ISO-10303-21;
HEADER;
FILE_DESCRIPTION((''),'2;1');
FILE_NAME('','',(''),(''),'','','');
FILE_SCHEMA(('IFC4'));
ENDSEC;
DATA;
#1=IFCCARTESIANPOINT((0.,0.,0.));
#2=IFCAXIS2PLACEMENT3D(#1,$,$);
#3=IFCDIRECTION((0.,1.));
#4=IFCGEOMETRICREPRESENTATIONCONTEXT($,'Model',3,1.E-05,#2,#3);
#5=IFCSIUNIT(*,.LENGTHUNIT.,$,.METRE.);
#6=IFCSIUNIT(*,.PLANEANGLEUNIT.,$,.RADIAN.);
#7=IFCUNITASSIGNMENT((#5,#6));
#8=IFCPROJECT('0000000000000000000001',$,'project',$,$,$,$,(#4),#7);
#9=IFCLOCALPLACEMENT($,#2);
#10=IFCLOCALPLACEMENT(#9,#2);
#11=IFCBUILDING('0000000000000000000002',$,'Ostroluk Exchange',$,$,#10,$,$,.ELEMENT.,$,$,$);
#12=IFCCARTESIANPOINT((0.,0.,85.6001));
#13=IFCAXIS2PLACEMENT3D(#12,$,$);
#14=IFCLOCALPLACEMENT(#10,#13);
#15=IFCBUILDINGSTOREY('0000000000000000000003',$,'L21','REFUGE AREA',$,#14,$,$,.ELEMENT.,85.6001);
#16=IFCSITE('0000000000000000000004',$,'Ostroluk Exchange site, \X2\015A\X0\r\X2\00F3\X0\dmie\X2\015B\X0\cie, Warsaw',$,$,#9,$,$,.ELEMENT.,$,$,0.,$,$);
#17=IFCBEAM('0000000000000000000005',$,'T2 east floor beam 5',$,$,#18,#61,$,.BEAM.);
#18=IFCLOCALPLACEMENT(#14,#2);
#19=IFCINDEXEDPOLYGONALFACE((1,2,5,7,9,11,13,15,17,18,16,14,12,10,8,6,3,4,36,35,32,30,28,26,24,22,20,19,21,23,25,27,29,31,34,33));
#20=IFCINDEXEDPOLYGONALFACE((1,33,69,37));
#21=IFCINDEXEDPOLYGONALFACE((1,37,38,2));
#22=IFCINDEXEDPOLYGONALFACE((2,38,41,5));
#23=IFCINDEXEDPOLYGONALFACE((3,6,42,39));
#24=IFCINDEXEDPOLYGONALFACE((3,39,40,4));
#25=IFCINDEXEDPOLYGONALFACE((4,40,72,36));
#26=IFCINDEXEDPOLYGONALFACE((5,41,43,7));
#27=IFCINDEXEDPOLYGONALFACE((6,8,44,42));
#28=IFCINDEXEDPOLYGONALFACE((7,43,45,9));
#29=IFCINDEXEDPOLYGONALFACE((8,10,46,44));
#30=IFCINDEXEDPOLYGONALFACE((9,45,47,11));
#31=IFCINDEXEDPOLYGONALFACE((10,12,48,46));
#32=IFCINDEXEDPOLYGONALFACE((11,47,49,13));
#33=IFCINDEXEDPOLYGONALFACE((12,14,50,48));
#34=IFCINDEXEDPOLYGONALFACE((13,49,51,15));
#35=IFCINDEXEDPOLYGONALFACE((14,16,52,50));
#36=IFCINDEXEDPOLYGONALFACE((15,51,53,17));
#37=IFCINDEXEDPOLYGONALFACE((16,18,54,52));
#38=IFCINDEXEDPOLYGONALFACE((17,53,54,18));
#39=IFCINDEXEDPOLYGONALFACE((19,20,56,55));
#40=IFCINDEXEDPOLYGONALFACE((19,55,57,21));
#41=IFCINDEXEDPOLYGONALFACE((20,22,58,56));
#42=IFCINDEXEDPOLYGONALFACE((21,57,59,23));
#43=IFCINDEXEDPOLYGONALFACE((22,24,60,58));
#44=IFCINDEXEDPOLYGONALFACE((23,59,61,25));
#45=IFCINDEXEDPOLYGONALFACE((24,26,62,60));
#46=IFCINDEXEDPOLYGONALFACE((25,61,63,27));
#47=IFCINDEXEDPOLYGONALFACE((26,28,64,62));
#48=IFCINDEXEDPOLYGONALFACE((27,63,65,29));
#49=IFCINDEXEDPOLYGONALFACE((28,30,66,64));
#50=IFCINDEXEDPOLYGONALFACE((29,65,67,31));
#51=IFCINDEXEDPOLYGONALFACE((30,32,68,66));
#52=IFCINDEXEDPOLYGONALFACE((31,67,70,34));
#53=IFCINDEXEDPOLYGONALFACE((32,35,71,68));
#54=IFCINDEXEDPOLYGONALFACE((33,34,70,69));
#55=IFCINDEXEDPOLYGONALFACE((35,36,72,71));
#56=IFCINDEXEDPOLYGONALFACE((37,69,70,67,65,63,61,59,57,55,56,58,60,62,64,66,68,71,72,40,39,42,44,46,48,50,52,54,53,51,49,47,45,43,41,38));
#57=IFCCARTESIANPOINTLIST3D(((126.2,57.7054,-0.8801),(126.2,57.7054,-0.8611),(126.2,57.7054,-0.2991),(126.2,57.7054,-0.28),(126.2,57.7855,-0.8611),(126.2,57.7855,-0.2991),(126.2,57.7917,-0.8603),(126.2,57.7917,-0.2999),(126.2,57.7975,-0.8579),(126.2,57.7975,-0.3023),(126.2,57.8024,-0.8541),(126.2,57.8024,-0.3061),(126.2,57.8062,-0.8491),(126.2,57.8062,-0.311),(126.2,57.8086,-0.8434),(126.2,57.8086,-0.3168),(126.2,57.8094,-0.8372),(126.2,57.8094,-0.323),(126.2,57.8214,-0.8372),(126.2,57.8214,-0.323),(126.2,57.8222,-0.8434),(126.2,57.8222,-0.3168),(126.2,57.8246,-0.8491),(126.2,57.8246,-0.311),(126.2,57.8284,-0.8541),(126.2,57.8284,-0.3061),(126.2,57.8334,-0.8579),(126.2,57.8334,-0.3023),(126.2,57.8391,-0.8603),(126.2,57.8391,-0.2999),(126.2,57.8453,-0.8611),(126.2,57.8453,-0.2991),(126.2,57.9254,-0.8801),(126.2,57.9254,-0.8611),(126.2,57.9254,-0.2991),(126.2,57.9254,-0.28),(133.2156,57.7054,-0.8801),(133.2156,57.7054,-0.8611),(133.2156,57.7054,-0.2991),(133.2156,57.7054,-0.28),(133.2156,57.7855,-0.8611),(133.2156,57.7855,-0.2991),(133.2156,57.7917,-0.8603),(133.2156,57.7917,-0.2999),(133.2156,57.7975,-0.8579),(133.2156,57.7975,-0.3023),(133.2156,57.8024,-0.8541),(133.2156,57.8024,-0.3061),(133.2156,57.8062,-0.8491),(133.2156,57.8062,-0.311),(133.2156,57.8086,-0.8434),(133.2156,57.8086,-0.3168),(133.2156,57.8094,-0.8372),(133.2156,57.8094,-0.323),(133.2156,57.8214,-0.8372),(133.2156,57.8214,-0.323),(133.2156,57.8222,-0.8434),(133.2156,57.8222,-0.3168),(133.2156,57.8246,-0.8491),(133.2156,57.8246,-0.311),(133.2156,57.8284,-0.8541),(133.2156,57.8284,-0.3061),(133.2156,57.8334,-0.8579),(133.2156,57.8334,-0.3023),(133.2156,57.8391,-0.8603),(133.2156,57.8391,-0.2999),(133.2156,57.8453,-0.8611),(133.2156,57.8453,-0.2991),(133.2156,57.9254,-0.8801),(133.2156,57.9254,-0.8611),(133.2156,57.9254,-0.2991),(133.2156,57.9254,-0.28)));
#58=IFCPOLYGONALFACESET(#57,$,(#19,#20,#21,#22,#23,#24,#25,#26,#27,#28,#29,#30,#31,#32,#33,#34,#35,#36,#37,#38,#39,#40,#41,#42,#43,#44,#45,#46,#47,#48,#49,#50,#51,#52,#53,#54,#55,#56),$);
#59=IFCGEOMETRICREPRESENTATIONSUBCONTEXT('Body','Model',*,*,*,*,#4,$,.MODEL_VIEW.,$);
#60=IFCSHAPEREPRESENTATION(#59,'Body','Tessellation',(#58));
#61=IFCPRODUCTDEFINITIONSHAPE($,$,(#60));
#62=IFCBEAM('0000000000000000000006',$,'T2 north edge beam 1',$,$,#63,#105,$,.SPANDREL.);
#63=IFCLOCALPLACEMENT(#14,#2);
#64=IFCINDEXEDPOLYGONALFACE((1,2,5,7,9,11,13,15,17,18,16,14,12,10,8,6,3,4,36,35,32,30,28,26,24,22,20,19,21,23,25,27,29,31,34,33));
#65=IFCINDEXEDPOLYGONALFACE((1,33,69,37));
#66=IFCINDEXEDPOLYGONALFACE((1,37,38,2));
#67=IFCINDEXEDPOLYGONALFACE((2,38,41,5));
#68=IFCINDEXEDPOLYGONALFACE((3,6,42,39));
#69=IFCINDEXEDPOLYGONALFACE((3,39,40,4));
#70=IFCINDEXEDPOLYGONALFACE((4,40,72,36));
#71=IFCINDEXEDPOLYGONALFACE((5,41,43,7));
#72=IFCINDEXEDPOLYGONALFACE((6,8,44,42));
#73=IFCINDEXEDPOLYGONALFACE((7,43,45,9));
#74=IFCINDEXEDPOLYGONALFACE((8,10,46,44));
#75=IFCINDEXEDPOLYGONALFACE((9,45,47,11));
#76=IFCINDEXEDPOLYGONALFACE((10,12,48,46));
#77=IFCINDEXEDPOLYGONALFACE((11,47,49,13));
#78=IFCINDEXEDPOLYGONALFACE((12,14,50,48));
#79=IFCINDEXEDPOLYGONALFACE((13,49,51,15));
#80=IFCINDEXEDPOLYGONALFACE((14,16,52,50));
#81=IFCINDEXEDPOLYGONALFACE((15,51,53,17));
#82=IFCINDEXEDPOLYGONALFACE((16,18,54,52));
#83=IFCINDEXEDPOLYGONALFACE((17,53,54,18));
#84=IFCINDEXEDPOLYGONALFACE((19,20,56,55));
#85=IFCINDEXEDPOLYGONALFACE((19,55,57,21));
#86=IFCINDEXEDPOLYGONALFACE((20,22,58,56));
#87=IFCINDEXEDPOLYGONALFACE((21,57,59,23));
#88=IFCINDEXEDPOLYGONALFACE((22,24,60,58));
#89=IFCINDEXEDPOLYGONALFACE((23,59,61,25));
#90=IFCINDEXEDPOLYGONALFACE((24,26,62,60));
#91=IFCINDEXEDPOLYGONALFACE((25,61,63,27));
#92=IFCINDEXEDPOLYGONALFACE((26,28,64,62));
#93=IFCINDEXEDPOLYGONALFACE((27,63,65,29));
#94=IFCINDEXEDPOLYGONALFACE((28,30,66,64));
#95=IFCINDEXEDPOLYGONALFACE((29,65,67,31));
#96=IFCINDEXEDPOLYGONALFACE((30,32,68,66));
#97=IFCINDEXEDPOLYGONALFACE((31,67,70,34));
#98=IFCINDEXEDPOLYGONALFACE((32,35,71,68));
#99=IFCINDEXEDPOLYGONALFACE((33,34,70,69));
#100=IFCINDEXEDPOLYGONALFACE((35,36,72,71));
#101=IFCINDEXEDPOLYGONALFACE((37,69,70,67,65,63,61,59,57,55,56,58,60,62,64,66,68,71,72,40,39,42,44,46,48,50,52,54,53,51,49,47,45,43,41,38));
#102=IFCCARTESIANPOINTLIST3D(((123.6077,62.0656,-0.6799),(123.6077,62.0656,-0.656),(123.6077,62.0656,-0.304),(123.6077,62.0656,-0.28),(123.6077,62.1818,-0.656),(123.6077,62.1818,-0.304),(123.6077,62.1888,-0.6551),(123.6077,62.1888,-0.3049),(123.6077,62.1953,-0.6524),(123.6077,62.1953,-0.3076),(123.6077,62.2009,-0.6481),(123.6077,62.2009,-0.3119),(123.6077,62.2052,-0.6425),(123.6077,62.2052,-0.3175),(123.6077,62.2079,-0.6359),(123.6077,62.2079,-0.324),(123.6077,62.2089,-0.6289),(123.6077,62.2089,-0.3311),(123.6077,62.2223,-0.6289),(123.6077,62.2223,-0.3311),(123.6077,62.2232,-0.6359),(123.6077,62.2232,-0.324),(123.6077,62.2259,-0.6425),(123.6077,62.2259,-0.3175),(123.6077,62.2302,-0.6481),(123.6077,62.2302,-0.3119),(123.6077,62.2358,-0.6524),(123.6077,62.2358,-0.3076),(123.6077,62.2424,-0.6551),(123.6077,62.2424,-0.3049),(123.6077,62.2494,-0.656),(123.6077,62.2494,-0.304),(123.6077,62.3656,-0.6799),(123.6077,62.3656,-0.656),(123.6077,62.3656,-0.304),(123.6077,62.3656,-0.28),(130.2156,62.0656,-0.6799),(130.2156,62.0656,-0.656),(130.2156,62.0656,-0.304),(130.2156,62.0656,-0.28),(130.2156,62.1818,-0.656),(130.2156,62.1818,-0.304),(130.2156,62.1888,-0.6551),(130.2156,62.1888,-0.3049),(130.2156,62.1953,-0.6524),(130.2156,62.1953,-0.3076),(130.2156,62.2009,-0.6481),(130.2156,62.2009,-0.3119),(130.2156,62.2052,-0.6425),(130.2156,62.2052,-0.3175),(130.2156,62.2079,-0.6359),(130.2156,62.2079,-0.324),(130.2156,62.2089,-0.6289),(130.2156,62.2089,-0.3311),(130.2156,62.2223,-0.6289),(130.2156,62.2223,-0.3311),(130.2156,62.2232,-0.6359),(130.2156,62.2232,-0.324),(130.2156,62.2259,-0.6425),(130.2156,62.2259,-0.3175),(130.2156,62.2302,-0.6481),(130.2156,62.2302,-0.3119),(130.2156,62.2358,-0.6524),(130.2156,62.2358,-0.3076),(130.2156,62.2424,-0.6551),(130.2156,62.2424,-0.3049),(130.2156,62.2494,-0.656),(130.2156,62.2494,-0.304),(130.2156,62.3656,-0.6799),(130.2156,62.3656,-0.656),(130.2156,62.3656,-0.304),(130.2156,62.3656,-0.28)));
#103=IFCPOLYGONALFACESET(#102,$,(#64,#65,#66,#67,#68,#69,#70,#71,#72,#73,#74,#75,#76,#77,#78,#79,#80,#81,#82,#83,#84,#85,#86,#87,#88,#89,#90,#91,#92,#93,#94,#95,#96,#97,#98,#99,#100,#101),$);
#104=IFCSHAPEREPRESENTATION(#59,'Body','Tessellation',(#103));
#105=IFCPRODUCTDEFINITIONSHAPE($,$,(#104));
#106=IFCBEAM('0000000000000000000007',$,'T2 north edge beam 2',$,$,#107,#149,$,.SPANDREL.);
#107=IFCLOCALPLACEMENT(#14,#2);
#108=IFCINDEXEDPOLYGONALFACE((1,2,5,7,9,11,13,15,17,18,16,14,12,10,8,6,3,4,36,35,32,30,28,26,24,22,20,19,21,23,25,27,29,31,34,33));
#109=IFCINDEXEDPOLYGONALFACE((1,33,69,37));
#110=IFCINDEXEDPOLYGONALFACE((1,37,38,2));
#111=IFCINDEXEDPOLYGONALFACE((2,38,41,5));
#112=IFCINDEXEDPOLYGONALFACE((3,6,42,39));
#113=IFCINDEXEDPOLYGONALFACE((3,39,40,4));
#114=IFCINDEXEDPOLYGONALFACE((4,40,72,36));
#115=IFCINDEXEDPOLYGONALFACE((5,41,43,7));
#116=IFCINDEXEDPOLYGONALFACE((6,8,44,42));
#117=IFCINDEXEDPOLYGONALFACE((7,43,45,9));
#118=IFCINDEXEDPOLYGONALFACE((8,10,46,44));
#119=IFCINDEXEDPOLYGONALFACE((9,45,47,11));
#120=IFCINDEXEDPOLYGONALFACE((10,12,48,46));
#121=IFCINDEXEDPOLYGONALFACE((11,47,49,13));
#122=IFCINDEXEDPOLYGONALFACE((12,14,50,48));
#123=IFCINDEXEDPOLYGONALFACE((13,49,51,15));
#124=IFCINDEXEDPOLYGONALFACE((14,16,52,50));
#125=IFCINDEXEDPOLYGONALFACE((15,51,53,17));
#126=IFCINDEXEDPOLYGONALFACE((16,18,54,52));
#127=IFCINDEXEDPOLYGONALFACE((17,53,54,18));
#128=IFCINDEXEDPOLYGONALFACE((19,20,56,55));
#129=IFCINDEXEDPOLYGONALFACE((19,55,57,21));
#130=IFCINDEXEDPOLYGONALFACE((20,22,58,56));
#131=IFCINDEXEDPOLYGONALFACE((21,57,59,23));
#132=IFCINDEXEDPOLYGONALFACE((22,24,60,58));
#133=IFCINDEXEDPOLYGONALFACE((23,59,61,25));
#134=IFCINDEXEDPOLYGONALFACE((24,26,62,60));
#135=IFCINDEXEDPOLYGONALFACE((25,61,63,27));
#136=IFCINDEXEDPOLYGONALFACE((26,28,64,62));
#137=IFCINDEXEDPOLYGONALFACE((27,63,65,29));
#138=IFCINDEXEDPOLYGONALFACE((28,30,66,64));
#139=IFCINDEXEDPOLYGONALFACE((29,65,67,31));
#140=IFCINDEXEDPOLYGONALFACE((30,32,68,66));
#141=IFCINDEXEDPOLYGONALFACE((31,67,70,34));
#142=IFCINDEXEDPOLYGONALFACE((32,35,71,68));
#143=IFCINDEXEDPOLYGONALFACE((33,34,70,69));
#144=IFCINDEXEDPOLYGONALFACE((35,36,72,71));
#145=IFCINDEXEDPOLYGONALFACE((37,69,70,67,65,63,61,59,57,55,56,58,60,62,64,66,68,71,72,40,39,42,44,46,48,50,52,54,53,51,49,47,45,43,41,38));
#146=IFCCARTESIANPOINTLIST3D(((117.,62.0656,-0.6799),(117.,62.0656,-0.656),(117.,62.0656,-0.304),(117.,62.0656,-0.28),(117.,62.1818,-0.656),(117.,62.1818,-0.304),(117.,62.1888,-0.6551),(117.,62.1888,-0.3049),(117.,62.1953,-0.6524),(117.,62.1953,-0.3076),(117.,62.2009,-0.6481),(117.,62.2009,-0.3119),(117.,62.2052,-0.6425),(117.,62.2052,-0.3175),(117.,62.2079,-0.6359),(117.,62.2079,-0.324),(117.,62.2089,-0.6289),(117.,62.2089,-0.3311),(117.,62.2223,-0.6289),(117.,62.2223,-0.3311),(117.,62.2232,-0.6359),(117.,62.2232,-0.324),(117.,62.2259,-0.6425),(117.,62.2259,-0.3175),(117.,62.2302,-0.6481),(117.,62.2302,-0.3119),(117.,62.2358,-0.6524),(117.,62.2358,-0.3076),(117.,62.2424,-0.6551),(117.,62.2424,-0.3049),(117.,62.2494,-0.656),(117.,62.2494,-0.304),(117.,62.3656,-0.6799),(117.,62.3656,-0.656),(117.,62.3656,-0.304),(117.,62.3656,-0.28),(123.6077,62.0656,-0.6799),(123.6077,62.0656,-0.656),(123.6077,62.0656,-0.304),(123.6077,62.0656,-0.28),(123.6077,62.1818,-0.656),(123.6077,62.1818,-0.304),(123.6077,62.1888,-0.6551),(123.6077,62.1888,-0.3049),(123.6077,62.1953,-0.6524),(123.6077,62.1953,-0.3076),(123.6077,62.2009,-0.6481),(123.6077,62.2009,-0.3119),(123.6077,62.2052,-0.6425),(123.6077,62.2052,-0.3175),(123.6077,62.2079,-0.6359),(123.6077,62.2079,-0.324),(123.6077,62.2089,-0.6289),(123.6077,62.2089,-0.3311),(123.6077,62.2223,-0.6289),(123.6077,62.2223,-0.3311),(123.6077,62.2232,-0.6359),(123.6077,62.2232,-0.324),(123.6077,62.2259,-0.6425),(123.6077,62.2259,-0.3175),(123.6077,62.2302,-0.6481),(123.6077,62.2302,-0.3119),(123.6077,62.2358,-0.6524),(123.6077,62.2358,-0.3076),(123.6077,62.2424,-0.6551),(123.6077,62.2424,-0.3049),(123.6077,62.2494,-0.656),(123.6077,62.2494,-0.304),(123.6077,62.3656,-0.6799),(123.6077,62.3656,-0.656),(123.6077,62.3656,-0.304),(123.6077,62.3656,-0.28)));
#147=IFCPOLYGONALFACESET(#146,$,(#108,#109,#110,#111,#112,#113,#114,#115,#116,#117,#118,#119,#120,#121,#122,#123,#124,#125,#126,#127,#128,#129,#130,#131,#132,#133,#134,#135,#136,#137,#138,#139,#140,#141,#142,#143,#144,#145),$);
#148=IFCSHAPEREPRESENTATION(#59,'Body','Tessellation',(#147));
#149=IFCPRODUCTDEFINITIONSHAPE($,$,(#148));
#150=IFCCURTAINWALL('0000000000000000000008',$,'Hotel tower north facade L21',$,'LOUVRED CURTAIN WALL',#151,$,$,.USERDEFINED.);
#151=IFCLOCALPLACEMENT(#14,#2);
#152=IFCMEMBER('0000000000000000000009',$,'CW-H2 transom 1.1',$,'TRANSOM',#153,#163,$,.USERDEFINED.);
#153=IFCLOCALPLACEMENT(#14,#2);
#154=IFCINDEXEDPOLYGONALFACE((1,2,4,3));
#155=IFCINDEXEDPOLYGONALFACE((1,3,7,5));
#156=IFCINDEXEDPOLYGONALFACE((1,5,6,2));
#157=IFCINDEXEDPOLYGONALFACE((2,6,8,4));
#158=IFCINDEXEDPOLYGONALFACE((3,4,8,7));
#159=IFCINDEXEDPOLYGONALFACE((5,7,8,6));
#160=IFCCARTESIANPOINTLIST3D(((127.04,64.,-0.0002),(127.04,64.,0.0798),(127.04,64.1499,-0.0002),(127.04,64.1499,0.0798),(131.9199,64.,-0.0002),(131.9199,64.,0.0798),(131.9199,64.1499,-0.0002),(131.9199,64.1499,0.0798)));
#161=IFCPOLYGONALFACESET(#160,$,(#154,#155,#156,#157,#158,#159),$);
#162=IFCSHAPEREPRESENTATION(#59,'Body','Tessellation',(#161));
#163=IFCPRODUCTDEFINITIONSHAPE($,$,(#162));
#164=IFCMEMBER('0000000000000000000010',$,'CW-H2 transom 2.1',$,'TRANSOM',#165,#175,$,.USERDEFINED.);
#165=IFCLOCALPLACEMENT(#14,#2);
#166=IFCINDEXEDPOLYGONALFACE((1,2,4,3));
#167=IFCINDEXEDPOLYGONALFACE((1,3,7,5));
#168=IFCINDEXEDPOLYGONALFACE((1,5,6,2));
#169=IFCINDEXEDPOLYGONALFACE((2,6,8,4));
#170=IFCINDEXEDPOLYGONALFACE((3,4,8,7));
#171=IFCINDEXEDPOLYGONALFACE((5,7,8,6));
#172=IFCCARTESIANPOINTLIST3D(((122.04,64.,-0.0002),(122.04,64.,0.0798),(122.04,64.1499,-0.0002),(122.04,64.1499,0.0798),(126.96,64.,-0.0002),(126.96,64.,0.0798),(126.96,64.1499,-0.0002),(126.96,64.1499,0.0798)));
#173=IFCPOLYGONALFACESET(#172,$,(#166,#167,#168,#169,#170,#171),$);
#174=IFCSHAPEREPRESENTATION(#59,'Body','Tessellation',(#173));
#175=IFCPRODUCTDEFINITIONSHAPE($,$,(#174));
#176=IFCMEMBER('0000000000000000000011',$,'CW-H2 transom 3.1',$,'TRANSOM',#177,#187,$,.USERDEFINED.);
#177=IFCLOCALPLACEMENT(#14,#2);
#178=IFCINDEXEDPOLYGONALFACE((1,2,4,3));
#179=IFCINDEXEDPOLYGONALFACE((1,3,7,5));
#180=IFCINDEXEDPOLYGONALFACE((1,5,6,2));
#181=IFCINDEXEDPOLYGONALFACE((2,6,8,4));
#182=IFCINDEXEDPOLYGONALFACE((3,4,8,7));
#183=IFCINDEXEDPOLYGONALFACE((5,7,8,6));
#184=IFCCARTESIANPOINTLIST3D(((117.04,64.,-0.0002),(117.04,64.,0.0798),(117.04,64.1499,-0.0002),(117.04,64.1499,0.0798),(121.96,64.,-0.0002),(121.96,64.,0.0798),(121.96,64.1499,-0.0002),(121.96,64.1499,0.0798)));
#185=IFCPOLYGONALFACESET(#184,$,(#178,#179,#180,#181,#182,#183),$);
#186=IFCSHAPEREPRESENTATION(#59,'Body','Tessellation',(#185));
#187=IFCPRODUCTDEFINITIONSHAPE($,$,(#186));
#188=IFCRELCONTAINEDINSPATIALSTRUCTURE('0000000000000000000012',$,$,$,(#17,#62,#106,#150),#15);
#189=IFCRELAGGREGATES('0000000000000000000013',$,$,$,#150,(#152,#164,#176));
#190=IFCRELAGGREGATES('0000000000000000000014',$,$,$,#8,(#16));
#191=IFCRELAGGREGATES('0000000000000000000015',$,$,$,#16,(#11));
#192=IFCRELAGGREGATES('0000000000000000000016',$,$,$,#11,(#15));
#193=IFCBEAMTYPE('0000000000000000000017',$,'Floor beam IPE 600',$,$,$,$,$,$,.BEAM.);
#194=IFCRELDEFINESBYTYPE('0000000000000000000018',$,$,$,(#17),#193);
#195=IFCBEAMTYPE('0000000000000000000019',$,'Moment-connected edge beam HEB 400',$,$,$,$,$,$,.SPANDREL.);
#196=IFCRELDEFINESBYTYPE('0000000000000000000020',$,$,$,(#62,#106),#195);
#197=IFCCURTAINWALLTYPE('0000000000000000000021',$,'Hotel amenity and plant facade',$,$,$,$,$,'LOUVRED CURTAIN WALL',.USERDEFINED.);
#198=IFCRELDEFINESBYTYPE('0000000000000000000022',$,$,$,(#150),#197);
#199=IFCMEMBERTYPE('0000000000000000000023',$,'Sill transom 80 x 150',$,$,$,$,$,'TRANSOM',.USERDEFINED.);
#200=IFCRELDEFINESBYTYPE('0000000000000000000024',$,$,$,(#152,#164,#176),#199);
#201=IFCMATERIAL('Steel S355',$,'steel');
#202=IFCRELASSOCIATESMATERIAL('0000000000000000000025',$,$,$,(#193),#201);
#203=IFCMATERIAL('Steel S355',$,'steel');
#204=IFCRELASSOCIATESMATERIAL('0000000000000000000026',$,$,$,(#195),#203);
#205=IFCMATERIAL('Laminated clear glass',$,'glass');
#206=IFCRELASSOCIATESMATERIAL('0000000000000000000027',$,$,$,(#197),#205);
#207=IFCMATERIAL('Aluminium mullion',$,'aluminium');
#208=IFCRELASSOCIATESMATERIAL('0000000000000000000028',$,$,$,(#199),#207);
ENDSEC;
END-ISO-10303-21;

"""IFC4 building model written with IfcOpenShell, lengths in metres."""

from ifc_helpers import new_model, si_unit, direction, frame, origin, origin_2d, place, context, subcontext, project, spatial, rectangle, i_section, extrude, material, material_profile, profile_set, type_object, element, aggregate, save


model = new_model("IFC4")

# Units and contexts
model_context = context("Model", 3, precision=1e-05, world=origin(), true_north=direction((0.0, 1.0)))
body_context = subcontext(model_context, "Body", "Model", "MODEL_VIEW")
ifc_project = project(units=[si_unit("LENGTHUNIT", "METRE"), si_unit("PLANEANGLEUNIT", "RADIAN")], contexts=[model_context])

# Site, building, storey
site_placement = place(None, origin())
site = spatial("IfcSite", under=ifc_project, at=site_placement, Name="Ostroluk Exchange site, Śródmieście, Warsaw", CompositionType="ELEMENT", RefElevation=0.0)
building_placement = place(site_placement, origin())
building = spatial("IfcBuilding", under=site, at=building_placement, Name="Ostroluk Exchange", CompositionType="ELEMENT")
storey_placement = place(building_placement, frame((0.0, 0.0, 85.6001)))
storey = spatial("IfcBuildingStorey", under=building, at=storey_placement, Name="L21", Description="REFUGE AREA", CompositionType="ELEMENT", Elevation=85.6001)

# Beams
ifc_material_1 = material(Name="Steel S355", Category="steel")
ifc_material_profile_1 = material_profile(ifc_material_1, i_section(OverallWidth=0.22, OverallDepth=0.6001, WebThickness=0.012, FlangeThickness=0.019, FilletRadius=0.0239, at=origin_2d()), Name="IPE 600")
ifc_profile_set_1 = profile_set([ifc_material_profile_1], Name="Steel S355")
beam_type_1 = type_object("IfcBeamType", Name="Floor beam IPE 600", PredefinedType="BEAM", material=ifc_profile_set_1)
beam_1_placement = place(storey_placement, frame((126.2, 57.8154, -0.5801), z_axis=(1.0, 0.0, 0.0), x_axis=(0.0, 1.0, 0.0)))
element("IfcBeam", 1, at=beam_1_placement, inside=storey, type_object=beam_type_1, Name="T2 east floor beam 5", PredefinedType="BEAM", context=body_context, shape_type="SweptSolid", body=[
    extrude(i_section(OverallWidth=0.22, OverallDepth=0.6001, WebThickness=0.012, FlangeThickness=0.019, FilletRadius=0.0239, at=origin_2d()), origin(), (0.0, 0.0, 1.0), 7.0156),
])
ifc_material_2 = material(Name="Steel S355", Category="steel")
ifc_material_profile_2 = material_profile(ifc_material_2, i_section(OverallWidth=0.3, OverallDepth=0.3999, WebThickness=0.0134, FlangeThickness=0.0239, FilletRadius=0.0271, at=origin_2d()), Name="HEB 400")
ifc_profile_set_2 = profile_set([ifc_material_profile_2], Name="Steel S355")
beam_type_2 = type_object("IfcBeamType", Name="Moment-connected edge beam HEB 400", PredefinedType="SPANDREL", material=ifc_profile_set_2)
beam_2_placement = place(storey_placement, frame((130.2156, 62.2156, -0.48), z_axis=(-1.0, 0.0, 0.0), x_axis=(0.0, -1.0, 0.0)))
element("IfcBeam", 2, at=beam_2_placement, inside=storey, type_object=beam_type_2, Name="T2 north edge beam 1", PredefinedType="SPANDREL", context=body_context, shape_type="SweptSolid", body=[
    extrude(i_section(OverallWidth=0.3, OverallDepth=0.3999, WebThickness=0.0134, FlangeThickness=0.0239, FilletRadius=0.0271, at=origin_2d()), origin(), (0.0, 0.0, 1.0), 6.6079),
])
beam_3_placement = place(storey_placement, frame((123.6077, 62.2156, -0.48), z_axis=(-1.0, 0.0, 0.0), x_axis=(0.0, -1.0, 0.0)))
element("IfcBeam", 3, at=beam_3_placement, inside=storey, type_object=beam_type_2, Name="T2 north edge beam 2", PredefinedType="SPANDREL", context=body_context, shape_type="SweptSolid", body=[
    extrude(i_section(OverallWidth=0.3, OverallDepth=0.3999, WebThickness=0.0134, FlangeThickness=0.0239, FilletRadius=0.0271, at=origin_2d()), origin(), (0.0, 0.0, 1.0), 6.6077),
])

# Curtain wall, members
ifc_material_3 = material(Name="Laminated clear glass", Category="glass")
curtain_wall_type = type_object("IfcCurtainWallType", Name="Hotel amenity and plant facade", ElementType="LOUVRED CURTAIN WALL", PredefinedType="USERDEFINED", material=ifc_material_3)
curtain_wall_1_placement = place(storey_placement, origin())
curtain_wall_1 = element("IfcCurtainWall", 4, at=curtain_wall_1_placement, inside=storey, type_object=curtain_wall_type, Name="Hotel tower north facade L21", ObjectType="LOUVRED CURTAIN WALL", PredefinedType="USERDEFINED")
ifc_material_4 = material(Name="Aluminium mullion", Category="aluminium")
ifc_material_profile_3 = material_profile(ifc_material_4, rectangle(XDim=0.1499, YDim=0.0801, at=origin_2d()), Name="Sill transom 80 x 150")
ifc_profile_set_3 = profile_set([ifc_material_profile_3], Name="Aluminium mullion")
member_type_1 = type_object("IfcMemberType", Name="Sill transom 80 x 150", ElementType="TRANSOM", PredefinedType="USERDEFINED", material=ifc_profile_set_3)
member_1_placement = place(storey_placement, frame((131.9199, 64.075, 0.0398), z_axis=(-1.0, 0.0, 0.0), x_axis=(0.0, -1.0, 0.0)))
member_1 = element("IfcMember", 5, at=member_1_placement, type_object=member_type_1, Name="CW-H2 transom 1.1", ObjectType="TRANSOM", PredefinedType="USERDEFINED", context=body_context, shape_type="SweptSolid", body=[
    extrude(rectangle(XDim=0.1499, YDim=0.0801, at=origin_2d()), origin(), (0.0, 0.0, 1.0), 4.8799),
])
member_2_placement = place(storey_placement, frame((126.96, 64.075, 0.0398), z_axis=(-1.0, 0.0, 0.0), x_axis=(0.0, -1.0, 0.0)))
member_2 = element("IfcMember", 6, at=member_2_placement, type_object=member_type_1, Name="CW-H2 transom 2.1", ObjectType="TRANSOM", PredefinedType="USERDEFINED", context=body_context, shape_type="SweptSolid", body=[
    extrude(rectangle(XDim=0.1499, YDim=0.0801, at=origin_2d()), origin(), (0.0, 0.0, 1.0), 4.9199),
])
member_3_placement = place(storey_placement, frame((121.96, 64.075, 0.0398), z_axis=(-1.0, 0.0, 0.0), x_axis=(0.0, -1.0, 0.0)))
member_3 = element("IfcMember", 7, at=member_3_placement, type_object=member_type_1, Name="CW-H2 transom 3.1", ObjectType="TRANSOM", PredefinedType="USERDEFINED", context=body_context, shape_type="SweptSolid", body=[
    extrude(rectangle(XDim=0.1499, YDim=0.0801, at=origin_2d()), origin(), (0.0, 0.0, 1.0), 4.9199),
])

aggregate(curtain_wall_1, [member_1, member_2, member_3])

save(model, "model.ifc")
